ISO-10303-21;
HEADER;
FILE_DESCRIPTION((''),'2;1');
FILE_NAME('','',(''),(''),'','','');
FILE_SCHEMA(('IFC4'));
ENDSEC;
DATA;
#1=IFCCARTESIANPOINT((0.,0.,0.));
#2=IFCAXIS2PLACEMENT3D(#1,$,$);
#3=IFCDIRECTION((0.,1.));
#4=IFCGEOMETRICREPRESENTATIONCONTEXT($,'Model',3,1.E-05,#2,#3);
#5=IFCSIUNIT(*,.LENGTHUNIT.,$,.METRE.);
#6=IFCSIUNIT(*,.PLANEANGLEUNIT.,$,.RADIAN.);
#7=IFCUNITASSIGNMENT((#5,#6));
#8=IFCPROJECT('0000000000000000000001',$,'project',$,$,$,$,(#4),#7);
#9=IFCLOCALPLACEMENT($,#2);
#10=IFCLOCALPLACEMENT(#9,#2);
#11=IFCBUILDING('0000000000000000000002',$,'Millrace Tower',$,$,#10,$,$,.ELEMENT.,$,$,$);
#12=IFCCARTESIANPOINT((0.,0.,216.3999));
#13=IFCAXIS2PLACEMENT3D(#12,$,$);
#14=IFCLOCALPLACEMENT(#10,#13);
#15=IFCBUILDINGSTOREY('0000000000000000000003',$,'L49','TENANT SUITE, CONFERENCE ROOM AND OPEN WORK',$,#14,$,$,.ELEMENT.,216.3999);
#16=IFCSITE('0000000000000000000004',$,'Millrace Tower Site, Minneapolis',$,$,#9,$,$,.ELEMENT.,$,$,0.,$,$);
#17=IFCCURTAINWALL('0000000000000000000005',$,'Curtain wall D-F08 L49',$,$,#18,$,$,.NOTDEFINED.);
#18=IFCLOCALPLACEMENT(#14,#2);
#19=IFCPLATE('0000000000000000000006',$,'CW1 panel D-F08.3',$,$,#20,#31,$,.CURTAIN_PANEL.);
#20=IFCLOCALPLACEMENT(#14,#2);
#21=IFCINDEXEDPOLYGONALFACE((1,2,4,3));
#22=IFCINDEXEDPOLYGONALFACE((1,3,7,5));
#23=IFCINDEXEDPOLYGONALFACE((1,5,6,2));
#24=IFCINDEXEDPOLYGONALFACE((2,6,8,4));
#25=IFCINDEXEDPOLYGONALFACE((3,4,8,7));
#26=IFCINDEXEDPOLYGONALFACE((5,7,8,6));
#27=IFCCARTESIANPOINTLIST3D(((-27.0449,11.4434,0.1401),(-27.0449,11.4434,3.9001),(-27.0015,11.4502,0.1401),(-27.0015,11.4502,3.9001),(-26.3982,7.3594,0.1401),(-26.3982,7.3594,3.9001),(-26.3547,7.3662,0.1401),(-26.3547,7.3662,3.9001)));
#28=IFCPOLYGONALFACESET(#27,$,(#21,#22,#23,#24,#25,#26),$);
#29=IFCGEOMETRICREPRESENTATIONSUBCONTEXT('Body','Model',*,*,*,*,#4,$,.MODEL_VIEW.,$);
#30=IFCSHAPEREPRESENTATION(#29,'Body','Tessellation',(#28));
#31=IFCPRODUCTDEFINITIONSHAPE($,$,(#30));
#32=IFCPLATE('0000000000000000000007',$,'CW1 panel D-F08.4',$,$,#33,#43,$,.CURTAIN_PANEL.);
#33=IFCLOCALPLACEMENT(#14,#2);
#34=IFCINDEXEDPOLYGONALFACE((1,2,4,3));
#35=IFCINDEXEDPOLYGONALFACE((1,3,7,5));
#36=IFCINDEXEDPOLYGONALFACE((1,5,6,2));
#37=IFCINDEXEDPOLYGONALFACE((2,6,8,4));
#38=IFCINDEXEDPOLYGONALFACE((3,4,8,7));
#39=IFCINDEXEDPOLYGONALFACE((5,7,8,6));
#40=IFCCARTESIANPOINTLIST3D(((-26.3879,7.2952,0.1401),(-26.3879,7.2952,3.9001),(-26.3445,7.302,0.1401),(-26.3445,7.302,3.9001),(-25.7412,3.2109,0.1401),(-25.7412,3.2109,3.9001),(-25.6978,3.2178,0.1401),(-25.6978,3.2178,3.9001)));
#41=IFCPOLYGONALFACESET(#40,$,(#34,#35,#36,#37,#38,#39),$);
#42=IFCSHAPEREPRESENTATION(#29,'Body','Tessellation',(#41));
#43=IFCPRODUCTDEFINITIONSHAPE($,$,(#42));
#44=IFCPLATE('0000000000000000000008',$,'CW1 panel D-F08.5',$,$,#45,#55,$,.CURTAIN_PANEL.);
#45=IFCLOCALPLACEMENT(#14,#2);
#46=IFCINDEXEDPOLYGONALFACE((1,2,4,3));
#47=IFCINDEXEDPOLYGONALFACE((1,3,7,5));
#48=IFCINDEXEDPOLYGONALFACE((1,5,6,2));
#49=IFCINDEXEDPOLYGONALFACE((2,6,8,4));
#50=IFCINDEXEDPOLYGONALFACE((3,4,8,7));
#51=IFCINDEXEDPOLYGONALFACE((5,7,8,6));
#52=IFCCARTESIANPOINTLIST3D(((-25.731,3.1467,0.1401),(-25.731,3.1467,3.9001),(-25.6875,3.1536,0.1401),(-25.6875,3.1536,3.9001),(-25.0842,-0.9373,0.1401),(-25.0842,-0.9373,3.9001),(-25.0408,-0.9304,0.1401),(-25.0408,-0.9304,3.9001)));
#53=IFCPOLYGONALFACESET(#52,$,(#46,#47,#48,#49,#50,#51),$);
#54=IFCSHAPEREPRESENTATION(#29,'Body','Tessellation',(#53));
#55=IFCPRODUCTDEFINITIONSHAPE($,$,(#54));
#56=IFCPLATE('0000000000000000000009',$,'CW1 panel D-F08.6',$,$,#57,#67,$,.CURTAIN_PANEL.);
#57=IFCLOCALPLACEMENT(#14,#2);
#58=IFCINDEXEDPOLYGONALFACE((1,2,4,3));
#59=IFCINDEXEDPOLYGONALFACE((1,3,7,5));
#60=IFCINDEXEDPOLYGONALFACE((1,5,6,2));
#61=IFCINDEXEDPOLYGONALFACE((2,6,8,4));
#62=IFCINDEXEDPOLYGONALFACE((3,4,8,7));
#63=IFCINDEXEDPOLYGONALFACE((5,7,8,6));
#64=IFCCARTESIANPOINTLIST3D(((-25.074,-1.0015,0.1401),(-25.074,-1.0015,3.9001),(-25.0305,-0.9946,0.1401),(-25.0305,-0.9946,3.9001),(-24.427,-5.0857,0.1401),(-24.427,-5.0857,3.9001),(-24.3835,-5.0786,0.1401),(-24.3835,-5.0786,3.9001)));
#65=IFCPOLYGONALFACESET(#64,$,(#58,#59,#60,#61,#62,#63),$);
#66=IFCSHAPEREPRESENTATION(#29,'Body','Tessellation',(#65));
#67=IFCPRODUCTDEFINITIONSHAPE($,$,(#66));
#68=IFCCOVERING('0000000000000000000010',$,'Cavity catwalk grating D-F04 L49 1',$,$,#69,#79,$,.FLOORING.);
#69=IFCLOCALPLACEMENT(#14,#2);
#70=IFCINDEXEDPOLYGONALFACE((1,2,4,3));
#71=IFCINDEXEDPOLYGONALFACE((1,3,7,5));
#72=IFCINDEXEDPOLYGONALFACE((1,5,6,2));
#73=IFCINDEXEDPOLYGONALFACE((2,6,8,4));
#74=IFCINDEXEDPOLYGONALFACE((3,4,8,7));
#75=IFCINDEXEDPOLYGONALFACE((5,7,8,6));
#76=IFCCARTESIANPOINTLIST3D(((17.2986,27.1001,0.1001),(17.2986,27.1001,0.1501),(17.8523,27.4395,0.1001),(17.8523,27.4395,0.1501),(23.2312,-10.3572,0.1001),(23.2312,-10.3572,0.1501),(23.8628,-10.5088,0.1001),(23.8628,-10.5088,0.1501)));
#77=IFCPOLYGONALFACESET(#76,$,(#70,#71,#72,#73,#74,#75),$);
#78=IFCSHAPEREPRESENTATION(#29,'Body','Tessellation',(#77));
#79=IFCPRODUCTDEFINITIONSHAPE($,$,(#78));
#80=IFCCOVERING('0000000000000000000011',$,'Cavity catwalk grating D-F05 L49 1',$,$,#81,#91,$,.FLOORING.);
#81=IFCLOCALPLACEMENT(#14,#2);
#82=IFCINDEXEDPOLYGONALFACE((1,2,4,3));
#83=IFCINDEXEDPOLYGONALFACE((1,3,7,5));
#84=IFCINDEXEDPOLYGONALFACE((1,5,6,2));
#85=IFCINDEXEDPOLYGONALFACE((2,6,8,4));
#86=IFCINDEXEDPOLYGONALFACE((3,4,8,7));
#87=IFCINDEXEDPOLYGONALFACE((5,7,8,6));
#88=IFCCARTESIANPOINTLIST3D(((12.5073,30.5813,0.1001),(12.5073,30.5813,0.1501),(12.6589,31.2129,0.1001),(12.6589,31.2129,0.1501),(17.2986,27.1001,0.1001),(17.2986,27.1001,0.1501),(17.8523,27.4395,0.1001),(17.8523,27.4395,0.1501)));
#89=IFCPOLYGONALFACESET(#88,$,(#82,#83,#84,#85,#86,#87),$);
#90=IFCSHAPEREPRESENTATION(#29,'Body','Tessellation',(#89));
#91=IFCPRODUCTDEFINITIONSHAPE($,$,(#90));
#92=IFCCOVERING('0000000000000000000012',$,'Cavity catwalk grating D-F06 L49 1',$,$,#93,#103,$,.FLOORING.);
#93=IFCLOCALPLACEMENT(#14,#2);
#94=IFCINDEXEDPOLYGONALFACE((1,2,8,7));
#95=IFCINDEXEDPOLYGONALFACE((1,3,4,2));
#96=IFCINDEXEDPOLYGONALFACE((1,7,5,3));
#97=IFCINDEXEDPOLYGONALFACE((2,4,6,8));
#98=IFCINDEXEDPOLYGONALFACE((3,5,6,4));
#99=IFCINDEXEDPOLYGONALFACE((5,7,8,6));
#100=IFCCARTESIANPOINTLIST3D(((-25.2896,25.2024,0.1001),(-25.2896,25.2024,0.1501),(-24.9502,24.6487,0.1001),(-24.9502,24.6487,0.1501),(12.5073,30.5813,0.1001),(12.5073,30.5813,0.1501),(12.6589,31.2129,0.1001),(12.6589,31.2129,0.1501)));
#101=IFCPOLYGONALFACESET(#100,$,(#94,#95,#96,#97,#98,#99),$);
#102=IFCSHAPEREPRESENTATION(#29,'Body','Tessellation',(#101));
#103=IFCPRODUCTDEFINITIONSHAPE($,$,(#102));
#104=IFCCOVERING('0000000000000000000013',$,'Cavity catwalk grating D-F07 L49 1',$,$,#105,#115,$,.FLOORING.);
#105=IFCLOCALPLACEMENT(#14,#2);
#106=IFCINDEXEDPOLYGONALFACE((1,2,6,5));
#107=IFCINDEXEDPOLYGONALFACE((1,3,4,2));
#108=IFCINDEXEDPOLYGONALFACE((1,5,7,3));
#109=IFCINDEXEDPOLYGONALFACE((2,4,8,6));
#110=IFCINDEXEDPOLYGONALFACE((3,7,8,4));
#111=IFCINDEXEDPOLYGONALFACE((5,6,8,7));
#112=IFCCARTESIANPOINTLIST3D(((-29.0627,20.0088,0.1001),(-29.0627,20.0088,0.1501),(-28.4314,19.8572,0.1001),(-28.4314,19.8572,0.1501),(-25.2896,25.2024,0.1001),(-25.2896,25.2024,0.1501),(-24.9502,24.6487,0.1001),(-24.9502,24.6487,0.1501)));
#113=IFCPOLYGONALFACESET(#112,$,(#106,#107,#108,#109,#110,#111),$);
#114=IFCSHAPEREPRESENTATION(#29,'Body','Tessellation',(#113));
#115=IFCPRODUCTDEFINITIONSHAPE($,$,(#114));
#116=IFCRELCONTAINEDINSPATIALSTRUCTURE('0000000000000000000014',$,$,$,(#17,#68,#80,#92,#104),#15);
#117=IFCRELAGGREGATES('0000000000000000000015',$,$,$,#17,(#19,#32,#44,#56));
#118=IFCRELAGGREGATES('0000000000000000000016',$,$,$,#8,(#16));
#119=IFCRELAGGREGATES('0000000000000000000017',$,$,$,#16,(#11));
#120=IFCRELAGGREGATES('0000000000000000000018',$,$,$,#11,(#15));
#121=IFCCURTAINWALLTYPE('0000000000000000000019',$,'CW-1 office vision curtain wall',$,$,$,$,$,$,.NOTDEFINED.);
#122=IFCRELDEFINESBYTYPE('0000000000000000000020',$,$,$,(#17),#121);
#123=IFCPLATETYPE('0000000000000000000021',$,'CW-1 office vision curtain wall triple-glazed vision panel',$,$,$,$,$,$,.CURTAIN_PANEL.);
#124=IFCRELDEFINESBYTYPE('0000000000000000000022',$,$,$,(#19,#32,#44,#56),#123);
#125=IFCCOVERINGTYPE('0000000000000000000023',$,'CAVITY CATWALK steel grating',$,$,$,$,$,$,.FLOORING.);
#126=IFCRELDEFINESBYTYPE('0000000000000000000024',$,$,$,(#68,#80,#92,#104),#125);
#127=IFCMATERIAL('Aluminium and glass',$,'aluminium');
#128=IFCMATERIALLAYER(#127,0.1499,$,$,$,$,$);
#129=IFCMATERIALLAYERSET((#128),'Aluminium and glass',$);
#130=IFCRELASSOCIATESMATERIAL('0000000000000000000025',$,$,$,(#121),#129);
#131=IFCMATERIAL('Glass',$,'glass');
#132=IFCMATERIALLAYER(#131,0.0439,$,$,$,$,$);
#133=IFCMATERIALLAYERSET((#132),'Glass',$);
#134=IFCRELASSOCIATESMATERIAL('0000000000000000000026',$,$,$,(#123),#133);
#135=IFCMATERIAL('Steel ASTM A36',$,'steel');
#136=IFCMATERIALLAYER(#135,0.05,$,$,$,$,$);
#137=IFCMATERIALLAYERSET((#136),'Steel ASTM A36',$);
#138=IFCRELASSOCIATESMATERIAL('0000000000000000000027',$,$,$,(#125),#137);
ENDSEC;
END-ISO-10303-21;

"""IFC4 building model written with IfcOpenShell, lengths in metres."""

from ifc_helpers import new_model, si_unit, direction, frame, origin, place, context, subcontext, project, spatial, polyline, outline, extrude, material, layer, layer_set, type_object, element, aggregate, save


model = new_model("IFC4")

# Units and contexts
model_context = context("Model", 3, precision=1e-05, world=origin(), true_north=direction((0.0, 1.0)))
body_context = subcontext(model_context, "Body", "Model", "MODEL_VIEW")
ifc_project = project(units=[si_unit("LENGTHUNIT", "METRE"), si_unit("PLANEANGLEUNIT", "RADIAN")], contexts=[model_context])

# Site, building, storey
site_placement = place(None, origin())
site = spatial("IfcSite", under=ifc_project, at=site_placement, Name="Millrace Tower Site, Minneapolis", CompositionType="ELEMENT", RefElevation=0.0)
building_placement = place(site_placement, origin())
building = spatial("IfcBuilding", under=site, at=building_placement, Name="Millrace Tower", CompositionType="ELEMENT")
storey_placement = place(building_placement, frame((0.0, 0.0, 216.3999)))
storey = spatial("IfcBuildingStorey", under=building, at=storey_placement, Name="L49", Description="TENANT SUITE, CONFERENCE ROOM AND OPEN WORK", CompositionType="ELEMENT", Elevation=216.3999)

# Shared definitions
ifc_material_1 = material(Name="Aluminium and glass", Category="aluminium")
ifc_layer_1 = layer(ifc_material_1, 0.1499)
ifc_layer_set_1 = layer_set([ifc_layer_1], Name="Aluminium and glass")
curtain_wall_type = type_object("IfcCurtainWallType", Name="CW-1 office vision curtain wall", PredefinedType="NOTDEFINED", material=ifc_layer_set_1)
placement_1 = place(storey_placement, origin())
ifc_material_2 = material(Name="Glass", Category="glass")
ifc_layer_2 = layer(ifc_material_2, 0.0439)
ifc_layer_set_2 = layer_set([ifc_layer_2], Name="Glass")
plate_type = type_object("IfcPlateType", Name="CW-1 office vision curtain wall triple-glazed vision panel", PredefinedType="CURTAIN_PANEL", material=ifc_layer_set_2)
placement_2 = place(storey_placement, frame((0.0, 0.0, 0.1401)))

# Curtain wall, plates
curtain_wall_1 = element("IfcCurtainWall", 1, at=placement_1, inside=storey, type_object=curtain_wall_type, Name="Curtain wall D-F08 L49", PredefinedType="NOTDEFINED")
plate_1 = element("IfcPlate", 2, at=placement_2, type_object=plate_type, Name="CW1 panel D-F08.3", PredefinedType="CURTAIN_PANEL", context=body_context, shape_type="SweptSolid", body=[
    extrude(outline(polyline([(-27.0449, 11.4434), (-26.3982, 7.3594), (-26.3547, 7.3662), (-27.0015, 11.4502), (-27.0449, 11.4434)])), origin(), (0.0, 0.0, 1.0), 3.76),
])
plate_2 = element("IfcPlate", 3, at=placement_2, type_object=plate_type, Name="CW1 panel D-F08.4", PredefinedType="CURTAIN_PANEL", context=body_context, shape_type="SweptSolid", body=[
    extrude(outline(polyline([(-26.3879, 7.2952), (-25.7412, 3.2109), (-25.6978, 3.2178), (-26.3445, 7.302), (-26.3879, 7.2952)])), origin(), (0.0, 0.0, 1.0), 3.76),
])
plate_3 = element("IfcPlate", 4, at=placement_2, type_object=plate_type, Name="CW1 panel D-F08.5", PredefinedType="CURTAIN_PANEL", context=body_context, shape_type="SweptSolid", body=[
    extrude(outline(polyline([(-25.731, 3.1467), (-25.0842, -0.9373), (-25.0408, -0.9304), (-25.6875, 3.1536), (-25.731, 3.1467)])), origin(), (0.0, 0.0, 1.0), 3.76),
])
plate_4 = element("IfcPlate", 5, at=placement_2, type_object=plate_type, Name="CW1 panel D-F08.6", PredefinedType="CURTAIN_PANEL", context=body_context, shape_type="SweptSolid", body=[
    extrude(outline(polyline([(-25.074, -1.0015), (-24.427, -5.0857), (-24.3835, -5.0786), (-25.0305, -0.9946), (-25.074, -1.0015)])), origin(), (0.0, 0.0, 1.0), 3.76),
])
aggregate(curtain_wall_1, [plate_1, plate_2, plate_3, plate_4])

# Coverings
ifc_material_3 = material(Name="Steel ASTM A36", Category="steel")
ifc_layer_3 = layer(ifc_material_3, 0.05)
ifc_layer_set_3 = layer_set([ifc_layer_3], Name="Steel ASTM A36")
covering_type = type_object("IfcCoveringType", Name="CAVITY CATWALK steel grating", PredefinedType="FLOORING", material=ifc_layer_set_3)
placement_3 = place(storey_placement, frame((0.0, 0.0, 0.1001)))
element("IfcCovering", 6, at=placement_3, inside=storey, type_object=covering_type, Name="Cavity catwalk grating D-F04 L49 1", PredefinedType="FLOORING", context=body_context, shape_type="SweptSolid", body=[
    extrude(outline(polyline([(23.8628, -10.5088), (17.8523, 27.4395), (17.2986, 27.1001), (23.2312, -10.3572), (23.8628, -10.5088)])), origin(), (0.0, 0.0, 1.0), 0.05),
])
element("IfcCovering", 7, at=placement_3, inside=storey, type_object=covering_type, Name="Cavity catwalk grating D-F05 L49 1", PredefinedType="FLOORING", context=body_context, shape_type="SweptSolid", body=[
    extrude(outline(polyline([(17.8523, 27.4395), (12.6589, 31.2129), (12.5073, 30.5813), (17.2986, 27.1001), (17.8523, 27.4395)])), origin(), (0.0, 0.0, 1.0), 0.05),
])
element("IfcCovering", 8, at=placement_3, inside=storey, type_object=covering_type, Name="Cavity catwalk grating D-F06 L49 1", PredefinedType="FLOORING", context=body_context, shape_type="SweptSolid", body=[
    extrude(outline(polyline([(12.6589, 31.2129), (-25.2896, 25.2024), (-24.9502, 24.6487), (12.5073, 30.5813), (12.6589, 31.2129)])), origin(), (0.0, 0.0, 1.0), 0.05),
])
element("IfcCovering", 9, at=placement_3, inside=storey, type_object=covering_type, Name="Cavity catwalk grating D-F07 L49 1", PredefinedType="FLOORING", context=body_context, shape_type="SweptSolid", body=[
    extrude(outline(polyline([(-25.2896, 25.2024), (-29.0627, 20.0088), (-28.4314, 19.8572), (-24.9502, 24.6487), (-25.2896, 25.2024)])), origin(), (0.0, 0.0, 1.0), 0.05),
])

save(model, "model.ifc")
